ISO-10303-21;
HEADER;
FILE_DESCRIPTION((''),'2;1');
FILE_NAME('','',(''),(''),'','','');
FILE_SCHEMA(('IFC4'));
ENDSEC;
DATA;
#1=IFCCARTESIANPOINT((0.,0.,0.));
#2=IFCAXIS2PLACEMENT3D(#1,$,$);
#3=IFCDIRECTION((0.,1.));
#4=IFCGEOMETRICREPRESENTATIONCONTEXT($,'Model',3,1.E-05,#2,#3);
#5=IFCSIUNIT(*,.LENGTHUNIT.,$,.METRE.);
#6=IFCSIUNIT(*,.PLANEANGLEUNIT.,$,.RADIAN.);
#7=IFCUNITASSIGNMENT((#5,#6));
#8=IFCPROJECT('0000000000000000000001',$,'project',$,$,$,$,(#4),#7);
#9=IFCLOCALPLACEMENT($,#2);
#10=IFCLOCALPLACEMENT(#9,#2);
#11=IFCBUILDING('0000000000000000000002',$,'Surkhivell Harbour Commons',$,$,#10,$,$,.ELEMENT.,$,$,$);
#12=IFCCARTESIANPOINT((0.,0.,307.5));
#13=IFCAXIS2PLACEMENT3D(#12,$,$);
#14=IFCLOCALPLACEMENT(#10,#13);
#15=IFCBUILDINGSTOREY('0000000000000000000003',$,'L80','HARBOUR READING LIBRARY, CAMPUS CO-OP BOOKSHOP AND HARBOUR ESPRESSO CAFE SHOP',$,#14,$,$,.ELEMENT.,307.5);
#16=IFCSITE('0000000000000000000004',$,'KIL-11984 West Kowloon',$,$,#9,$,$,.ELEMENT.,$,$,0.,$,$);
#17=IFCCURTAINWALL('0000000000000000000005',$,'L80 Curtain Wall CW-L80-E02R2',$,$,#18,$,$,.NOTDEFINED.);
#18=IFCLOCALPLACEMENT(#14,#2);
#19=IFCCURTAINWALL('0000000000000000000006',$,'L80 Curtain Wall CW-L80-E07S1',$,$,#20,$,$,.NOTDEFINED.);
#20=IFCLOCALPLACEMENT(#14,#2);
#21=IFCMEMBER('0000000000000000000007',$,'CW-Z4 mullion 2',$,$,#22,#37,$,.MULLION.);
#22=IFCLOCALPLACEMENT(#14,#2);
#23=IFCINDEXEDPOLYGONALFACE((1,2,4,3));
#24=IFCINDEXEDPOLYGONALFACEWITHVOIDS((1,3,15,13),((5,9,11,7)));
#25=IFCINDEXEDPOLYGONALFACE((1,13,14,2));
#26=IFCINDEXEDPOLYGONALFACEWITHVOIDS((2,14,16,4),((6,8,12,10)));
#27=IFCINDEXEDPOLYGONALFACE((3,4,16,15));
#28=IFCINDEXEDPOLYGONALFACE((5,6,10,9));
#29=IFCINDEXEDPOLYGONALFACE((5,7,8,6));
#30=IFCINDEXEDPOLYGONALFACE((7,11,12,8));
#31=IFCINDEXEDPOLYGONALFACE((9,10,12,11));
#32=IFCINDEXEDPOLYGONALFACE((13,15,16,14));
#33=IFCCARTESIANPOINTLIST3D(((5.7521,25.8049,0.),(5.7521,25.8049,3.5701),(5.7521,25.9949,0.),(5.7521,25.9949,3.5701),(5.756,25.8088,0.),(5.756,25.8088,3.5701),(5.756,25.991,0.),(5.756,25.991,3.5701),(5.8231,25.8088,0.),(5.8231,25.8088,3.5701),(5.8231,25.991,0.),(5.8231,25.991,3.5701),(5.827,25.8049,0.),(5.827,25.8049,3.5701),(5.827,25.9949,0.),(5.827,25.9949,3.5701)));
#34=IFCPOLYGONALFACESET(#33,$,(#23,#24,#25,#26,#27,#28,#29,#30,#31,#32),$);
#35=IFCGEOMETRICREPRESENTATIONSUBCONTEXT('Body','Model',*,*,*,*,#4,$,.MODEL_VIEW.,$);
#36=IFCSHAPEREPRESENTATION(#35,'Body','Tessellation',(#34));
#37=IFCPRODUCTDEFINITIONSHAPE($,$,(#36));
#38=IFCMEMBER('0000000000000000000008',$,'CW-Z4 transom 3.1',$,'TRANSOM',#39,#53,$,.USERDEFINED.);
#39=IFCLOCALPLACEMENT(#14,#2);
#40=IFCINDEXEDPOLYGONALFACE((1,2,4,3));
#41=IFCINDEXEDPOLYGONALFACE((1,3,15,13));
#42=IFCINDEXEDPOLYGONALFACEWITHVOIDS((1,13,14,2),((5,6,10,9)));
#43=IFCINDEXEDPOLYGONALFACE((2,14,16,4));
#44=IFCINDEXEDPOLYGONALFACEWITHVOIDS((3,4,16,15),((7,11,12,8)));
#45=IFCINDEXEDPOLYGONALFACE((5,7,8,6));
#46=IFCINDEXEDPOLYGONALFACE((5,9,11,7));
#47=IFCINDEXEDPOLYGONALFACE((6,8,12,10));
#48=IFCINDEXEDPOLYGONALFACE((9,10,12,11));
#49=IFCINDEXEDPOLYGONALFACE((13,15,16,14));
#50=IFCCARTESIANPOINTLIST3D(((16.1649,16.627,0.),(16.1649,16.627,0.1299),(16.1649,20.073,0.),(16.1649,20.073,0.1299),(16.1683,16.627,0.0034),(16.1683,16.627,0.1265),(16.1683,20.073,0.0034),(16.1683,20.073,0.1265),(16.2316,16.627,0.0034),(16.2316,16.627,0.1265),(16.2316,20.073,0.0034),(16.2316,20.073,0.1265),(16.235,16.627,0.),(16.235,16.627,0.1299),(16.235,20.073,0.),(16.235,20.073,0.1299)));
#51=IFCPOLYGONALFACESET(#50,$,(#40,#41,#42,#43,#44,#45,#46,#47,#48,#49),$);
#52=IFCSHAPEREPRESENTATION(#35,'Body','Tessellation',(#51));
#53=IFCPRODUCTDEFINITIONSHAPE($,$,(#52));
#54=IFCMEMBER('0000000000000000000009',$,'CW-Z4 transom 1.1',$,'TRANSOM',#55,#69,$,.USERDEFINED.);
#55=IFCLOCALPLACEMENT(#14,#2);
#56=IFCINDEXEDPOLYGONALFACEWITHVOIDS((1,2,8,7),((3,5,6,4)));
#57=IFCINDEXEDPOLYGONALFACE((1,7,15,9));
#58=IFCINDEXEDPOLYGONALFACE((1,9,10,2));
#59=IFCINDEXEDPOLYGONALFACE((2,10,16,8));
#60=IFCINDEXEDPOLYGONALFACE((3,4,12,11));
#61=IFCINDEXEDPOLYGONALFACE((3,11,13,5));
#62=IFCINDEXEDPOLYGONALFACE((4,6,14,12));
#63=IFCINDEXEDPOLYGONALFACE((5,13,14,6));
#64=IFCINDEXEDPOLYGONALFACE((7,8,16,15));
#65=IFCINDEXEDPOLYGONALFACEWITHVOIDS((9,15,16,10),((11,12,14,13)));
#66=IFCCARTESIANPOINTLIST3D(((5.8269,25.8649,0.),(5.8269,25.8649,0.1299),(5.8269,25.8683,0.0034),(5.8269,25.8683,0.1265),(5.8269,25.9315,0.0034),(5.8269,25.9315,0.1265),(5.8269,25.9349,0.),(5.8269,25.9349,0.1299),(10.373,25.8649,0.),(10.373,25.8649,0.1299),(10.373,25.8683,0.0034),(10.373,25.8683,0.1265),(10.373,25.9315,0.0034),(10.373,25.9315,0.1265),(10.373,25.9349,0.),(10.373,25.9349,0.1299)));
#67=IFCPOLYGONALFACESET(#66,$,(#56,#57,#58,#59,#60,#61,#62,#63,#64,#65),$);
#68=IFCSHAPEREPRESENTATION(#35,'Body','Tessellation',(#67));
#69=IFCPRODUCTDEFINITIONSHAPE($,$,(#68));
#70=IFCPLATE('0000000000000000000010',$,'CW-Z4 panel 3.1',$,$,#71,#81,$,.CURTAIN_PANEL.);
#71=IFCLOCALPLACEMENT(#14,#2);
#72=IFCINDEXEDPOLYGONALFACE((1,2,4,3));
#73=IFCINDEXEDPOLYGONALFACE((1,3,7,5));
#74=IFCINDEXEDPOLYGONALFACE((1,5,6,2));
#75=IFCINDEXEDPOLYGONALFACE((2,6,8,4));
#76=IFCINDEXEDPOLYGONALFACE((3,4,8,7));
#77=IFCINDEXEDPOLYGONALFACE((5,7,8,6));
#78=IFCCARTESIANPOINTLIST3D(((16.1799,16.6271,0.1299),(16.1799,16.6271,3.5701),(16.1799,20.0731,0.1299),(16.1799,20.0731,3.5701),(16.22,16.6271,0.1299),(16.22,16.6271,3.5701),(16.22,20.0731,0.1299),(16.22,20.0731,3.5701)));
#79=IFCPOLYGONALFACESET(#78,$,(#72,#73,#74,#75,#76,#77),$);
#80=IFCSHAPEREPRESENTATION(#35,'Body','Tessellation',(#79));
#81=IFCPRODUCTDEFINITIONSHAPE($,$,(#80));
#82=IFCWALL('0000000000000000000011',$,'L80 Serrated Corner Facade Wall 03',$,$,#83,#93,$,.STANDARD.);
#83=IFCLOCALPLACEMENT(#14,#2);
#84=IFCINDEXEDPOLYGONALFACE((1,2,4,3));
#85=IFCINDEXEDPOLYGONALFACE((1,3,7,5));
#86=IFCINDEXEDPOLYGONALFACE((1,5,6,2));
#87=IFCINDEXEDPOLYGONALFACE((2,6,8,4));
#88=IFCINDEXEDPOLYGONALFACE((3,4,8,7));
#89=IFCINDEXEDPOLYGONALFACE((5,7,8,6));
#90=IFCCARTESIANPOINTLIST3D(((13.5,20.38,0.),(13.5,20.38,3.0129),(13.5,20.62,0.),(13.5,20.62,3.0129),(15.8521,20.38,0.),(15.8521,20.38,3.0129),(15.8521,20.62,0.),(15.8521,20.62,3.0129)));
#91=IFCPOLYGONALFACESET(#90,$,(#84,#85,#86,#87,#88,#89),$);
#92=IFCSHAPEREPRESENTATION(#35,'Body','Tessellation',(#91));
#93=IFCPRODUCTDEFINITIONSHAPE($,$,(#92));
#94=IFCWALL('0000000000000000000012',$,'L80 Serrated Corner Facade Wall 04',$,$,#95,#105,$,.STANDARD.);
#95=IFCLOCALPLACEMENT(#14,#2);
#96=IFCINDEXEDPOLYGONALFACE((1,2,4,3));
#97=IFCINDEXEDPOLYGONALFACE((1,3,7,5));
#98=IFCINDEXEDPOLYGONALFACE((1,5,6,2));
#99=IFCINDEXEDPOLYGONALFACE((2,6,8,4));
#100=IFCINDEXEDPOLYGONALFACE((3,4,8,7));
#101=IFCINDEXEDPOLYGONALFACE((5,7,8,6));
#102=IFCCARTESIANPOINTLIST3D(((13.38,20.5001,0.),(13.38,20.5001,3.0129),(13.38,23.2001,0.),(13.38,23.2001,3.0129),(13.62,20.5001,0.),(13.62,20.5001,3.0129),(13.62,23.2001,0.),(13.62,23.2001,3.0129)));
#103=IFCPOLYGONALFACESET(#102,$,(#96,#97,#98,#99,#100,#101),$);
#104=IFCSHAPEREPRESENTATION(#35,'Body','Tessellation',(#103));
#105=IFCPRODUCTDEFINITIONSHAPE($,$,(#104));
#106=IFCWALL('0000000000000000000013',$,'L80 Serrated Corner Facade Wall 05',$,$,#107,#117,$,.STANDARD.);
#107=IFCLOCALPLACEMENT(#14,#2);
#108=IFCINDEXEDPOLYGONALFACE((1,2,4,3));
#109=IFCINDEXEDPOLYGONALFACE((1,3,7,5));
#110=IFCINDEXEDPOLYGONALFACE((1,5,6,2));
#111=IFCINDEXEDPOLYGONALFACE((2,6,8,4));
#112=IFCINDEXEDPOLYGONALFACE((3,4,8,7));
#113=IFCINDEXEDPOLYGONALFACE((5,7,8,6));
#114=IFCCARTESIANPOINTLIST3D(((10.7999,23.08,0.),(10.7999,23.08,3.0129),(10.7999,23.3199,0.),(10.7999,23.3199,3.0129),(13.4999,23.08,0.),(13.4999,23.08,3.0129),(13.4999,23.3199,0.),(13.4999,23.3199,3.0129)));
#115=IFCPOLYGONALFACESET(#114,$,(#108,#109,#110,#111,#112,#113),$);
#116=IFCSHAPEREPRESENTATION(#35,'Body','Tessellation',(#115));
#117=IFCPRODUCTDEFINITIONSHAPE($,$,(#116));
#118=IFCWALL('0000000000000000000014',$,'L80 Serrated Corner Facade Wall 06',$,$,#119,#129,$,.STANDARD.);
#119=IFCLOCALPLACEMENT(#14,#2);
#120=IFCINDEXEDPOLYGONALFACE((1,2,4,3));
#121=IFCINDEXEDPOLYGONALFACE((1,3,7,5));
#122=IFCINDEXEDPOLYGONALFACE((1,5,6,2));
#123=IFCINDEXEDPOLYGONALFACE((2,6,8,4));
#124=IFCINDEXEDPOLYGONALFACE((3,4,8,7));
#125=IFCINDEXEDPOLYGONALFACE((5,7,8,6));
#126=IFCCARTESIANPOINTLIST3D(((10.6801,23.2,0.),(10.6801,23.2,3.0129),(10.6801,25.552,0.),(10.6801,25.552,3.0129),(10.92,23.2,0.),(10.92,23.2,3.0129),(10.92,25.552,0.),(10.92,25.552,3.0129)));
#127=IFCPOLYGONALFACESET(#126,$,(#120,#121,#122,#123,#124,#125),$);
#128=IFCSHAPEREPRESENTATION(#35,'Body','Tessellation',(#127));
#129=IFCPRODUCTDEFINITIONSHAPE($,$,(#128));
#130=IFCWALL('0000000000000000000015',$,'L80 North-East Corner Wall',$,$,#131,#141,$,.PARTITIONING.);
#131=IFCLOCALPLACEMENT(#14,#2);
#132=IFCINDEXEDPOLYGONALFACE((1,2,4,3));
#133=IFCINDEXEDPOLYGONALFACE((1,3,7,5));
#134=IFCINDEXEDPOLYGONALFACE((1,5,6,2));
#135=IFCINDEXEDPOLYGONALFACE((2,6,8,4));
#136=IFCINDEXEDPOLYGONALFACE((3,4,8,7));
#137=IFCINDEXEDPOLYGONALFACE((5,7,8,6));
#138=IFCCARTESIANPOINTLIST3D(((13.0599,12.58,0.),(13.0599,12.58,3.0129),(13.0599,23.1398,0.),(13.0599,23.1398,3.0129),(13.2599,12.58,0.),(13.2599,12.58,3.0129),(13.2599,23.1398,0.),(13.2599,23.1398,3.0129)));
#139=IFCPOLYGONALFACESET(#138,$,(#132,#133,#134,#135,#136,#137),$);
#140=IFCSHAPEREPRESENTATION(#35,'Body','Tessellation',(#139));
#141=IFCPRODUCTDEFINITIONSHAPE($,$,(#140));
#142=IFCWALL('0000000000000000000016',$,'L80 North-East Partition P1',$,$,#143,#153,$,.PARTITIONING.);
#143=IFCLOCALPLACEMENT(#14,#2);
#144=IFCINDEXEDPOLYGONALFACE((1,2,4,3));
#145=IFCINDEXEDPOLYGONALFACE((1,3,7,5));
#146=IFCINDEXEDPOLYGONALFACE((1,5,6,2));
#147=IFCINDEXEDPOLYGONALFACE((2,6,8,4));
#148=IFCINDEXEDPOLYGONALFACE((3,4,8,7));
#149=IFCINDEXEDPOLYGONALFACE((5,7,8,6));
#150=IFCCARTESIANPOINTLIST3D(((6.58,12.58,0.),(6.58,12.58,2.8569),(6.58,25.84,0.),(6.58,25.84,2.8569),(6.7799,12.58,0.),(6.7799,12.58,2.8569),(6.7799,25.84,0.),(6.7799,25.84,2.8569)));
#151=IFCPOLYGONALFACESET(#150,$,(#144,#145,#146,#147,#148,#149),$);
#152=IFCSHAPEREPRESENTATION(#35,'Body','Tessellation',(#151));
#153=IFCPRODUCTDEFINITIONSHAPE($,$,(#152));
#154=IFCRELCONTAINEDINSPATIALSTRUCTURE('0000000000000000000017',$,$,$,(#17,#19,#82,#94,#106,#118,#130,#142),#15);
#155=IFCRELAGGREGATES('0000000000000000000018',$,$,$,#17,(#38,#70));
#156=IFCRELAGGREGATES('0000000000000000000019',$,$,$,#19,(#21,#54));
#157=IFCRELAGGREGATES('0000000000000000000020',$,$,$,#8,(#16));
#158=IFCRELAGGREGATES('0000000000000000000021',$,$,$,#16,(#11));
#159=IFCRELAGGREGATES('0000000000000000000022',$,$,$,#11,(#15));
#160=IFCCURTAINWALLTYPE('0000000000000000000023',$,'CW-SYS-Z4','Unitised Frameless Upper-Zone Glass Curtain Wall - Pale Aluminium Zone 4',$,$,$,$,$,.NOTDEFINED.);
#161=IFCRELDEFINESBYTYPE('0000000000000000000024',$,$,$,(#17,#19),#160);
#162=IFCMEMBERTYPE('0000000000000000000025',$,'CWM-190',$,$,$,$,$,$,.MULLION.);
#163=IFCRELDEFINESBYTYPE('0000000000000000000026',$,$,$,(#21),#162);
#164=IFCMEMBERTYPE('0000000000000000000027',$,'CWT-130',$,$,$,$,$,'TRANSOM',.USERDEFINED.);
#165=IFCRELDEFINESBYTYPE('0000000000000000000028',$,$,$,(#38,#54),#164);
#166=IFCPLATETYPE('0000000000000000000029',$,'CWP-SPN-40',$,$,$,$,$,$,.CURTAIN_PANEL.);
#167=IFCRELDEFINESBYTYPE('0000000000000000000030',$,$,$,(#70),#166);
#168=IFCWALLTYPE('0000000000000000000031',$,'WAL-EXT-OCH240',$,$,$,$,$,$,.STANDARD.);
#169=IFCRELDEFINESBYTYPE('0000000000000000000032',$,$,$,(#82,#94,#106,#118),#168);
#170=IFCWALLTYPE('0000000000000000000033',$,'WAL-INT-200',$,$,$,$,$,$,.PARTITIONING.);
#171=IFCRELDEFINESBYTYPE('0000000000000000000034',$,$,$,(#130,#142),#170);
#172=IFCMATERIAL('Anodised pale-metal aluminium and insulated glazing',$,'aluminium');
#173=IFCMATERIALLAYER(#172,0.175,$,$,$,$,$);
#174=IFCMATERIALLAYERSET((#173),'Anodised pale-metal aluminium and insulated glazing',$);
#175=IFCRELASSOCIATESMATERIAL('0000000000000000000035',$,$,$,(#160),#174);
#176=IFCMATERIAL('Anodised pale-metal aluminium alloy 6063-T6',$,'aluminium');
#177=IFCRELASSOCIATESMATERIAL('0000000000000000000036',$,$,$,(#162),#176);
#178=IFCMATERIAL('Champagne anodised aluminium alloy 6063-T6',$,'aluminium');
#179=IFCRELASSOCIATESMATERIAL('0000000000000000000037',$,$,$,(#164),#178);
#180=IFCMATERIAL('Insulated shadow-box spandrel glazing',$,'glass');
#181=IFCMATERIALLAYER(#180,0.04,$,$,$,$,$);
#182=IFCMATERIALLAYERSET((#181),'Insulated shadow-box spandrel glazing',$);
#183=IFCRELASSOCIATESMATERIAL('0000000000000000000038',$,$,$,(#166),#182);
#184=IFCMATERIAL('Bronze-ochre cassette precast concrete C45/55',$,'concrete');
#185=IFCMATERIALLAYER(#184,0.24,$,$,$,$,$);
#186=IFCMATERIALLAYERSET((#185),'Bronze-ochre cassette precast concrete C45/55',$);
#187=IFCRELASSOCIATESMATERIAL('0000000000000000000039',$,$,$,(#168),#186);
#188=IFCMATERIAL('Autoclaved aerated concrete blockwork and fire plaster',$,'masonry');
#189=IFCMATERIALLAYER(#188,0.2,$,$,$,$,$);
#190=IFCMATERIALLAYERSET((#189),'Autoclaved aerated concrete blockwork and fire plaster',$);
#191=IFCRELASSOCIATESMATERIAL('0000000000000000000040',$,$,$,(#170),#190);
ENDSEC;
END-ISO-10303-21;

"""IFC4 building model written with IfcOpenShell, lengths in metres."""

from ifc_helpers import new_model, si_unit, direction, frame, frame_2d, origin, origin_2d, place, context, subcontext, project, spatial, rectangle, hollow_rectangle, extrude, material, layer, layer_set, material_profile, profile_set, type_object, element, aggregate, save


model = new_model("IFC4")

# Units and contexts
model_context = context("Model", 3, precision=1e-05, world=origin(), true_north=direction((0.0, 1.0)))
body_context = subcontext(model_context, "Body", "Model", "MODEL_VIEW")
ifc_project = project(units=[si_unit("LENGTHUNIT", "METRE"), si_unit("PLANEANGLEUNIT", "RADIAN")], contexts=[model_context])

# Site, building, storey
site_placement = place(None, origin())
site = spatial("IfcSite", under=ifc_project, at=site_placement, Name="KIL-11984 West Kowloon", CompositionType="ELEMENT", RefElevation=0.0)
building_placement = place(site_placement, origin())
building = spatial("IfcBuilding", under=site, at=building_placement, Name="Surkhivell Harbour Commons", CompositionType="ELEMENT")
storey_placement = place(building_placement, frame((0.0, 0.0, 307.5)))
storey = spatial("IfcBuildingStorey", under=building, at=storey_placement, Name="L80", Description="HARBOUR READING LIBRARY, CAMPUS CO-OP BOOKSHOP AND HARBOUR ESPRESSO CAFE SHOP", CompositionType="ELEMENT", Elevation=307.5)

# Curtain walls, member
ifc_material_1 = material(Name="Anodised pale-metal aluminium and insulated glazing", Category="aluminium")
ifc_layer_1 = layer(ifc_material_1, 0.175)
ifc_layer_set_1 = layer_set([ifc_layer_1], Name="Anodised pale-metal aluminium and insulated glazing")
curtain_wall_type = type_object("IfcCurtainWallType", Name="CW-SYS-Z4", Description="Unitised Frameless Upper-Zone Glass Curtain Wall - Pale Aluminium Zone 4", PredefinedType="NOTDEFINED", material=ifc_layer_set_1)
curtain_wall_1_placement = place(storey_placement, origin())
curtain_wall_1 = element("IfcCurtainWall", 1, at=curtain_wall_1_placement, inside=storey, type_object=curtain_wall_type, Name="L80 Curtain Wall CW-L80-E02R2", PredefinedType="NOTDEFINED")
ifc_material_2 = material(Name="Anodised pale-metal aluminium alloy 6063-T6", Category="aluminium")
ifc_material_profile_1 = material_profile(ifc_material_2, hollow_rectangle(XDim=0.075, YDim=0.1899, WallThickness=0.0039, at=origin_2d()), Name="ALU-MULL-75x190")
ifc_profile_set_1 = profile_set([ifc_material_profile_1], Name="Anodised pale-metal aluminium alloy 6063-T6")
member_type_1 = type_object("IfcMemberType", Name="CWM-190", PredefinedType="MULLION", material=ifc_profile_set_1)
curtain_wall_2_placement = place(storey_placement, origin())
curtain_wall_2 = element("IfcCurtainWall", 2, at=curtain_wall_2_placement, inside=storey, type_object=curtain_wall_type, Name="L80 Curtain Wall CW-L80-E07S1", PredefinedType="NOTDEFINED")
member_1_placement = place(storey_placement, frame((5.7896, 25.8999, 0.0), z_axis=(0.0, 0.0, 1.0), x_axis=(-1.0, 0.0, 0.0)))
member_1 = element("IfcMember", 3, at=member_1_placement, type_object=member_type_1, Name="CW-Z4 mullion 2", PredefinedType="MULLION", context=body_context, shape_type="SweptSolid", body=[
    extrude(hollow_rectangle(XDim=0.075, YDim=0.1899, WallThickness=0.0039, at=origin_2d()), origin(), (0.0, 0.0, 1.0), 3.5701),
])

# Members
ifc_material_3 = material(Name="Champagne anodised aluminium alloy 6063-T6", Category="aluminium")
ifc_material_profile_2 = material_profile(ifc_material_3, hollow_rectangle(XDim=0.0701, YDim=0.1299, WallThickness=0.0034, at=origin_2d()), Name="ALU-TRAN-70x130")
ifc_profile_set_2 = profile_set([ifc_material_profile_2], Name="Champagne anodised aluminium alloy 6063-T6")
member_type_2 = type_object("IfcMemberType", Name="CWT-130", ElementType="TRANSOM", PredefinedType="USERDEFINED", material=ifc_profile_set_2)
member_2_placement = place(storey_placement, frame((16.2, 16.627, 0.0649), z_axis=(0.0, 1.0, 0.0), x_axis=(-1.0, 0.0, 0.0)))
member_2 = element("IfcMember", 4, at=member_2_placement, type_object=member_type_2, Name="CW-Z4 transom 3.1", ObjectType="TRANSOM", PredefinedType="USERDEFINED", context=body_context, shape_type="SweptSolid", body=[
    extrude(hollow_rectangle(XDim=0.0701, YDim=0.1299, WallThickness=0.0034, at=origin_2d()), origin(), (0.0, 0.0, 1.0), 3.446),
])
member_3_placement = place(storey_placement, frame((10.373, 25.8999, 0.0649), z_axis=(-1.0, 0.0, 0.0), x_axis=(0.0, -1.0, 0.0)))
member_3 = element("IfcMember", 5, at=member_3_placement, type_object=member_type_2, Name="CW-Z4 transom 1.1", ObjectType="TRANSOM", PredefinedType="USERDEFINED", context=body_context, shape_type="SweptSolid", body=[
    extrude(hollow_rectangle(XDim=0.0701, YDim=0.1299, WallThickness=0.0034, at=origin_2d()), origin(), (0.0, 0.0, 1.0), 4.5461),
])

# Plate
ifc_material_4 = material(Name="Insulated shadow-box spandrel glazing", Category="glass")
ifc_layer_2 = layer(ifc_material_4, 0.04)
ifc_layer_set_2 = layer_set([ifc_layer_2], Name="Insulated shadow-box spandrel glazing")
plate_type = type_object("IfcPlateType", Name="CWP-SPN-40", PredefinedType="CURTAIN_PANEL", material=ifc_layer_set_2)
plate_1_placement = place(storey_placement, frame((16.2, 16.627, 0.1299), z_axis=(0.0, 0.0, 1.0), x_axis=(0.0, 1.0, 0.0)))
plate_1 = element("IfcPlate", 6, at=plate_1_placement, type_object=plate_type, Name="CW-Z4 panel 3.1", PredefinedType="CURTAIN_PANEL", context=body_context, shape_type="SweptSolid", body=[
    extrude(rectangle(XDim=3.446, YDim=0.04, at=frame_2d((1.7231, 0.0))), origin(), (0.0, 0.0, 1.0), 3.4402),
])
aggregate(curtain_wall_1, [member_2, plate_1])
aggregate(curtain_wall_2, [member_1, member_3])

# Walls
ifc_material_5 = material(Name="Bronze-ochre cassette precast concrete C45/55", Category="concrete")
ifc_layer_3 = layer(ifc_material_5, 0.24)
ifc_layer_set_3 = layer_set([ifc_layer_3], Name="Bronze-ochre cassette precast concrete C45/55")
wall_type_1 = type_object("IfcWallType", Name="WAL-EXT-OCH240", PredefinedType="STANDARD", material=ifc_layer_set_3)
wall_1_placement = place(storey_placement, frame((15.8521, 20.5, 0.0), z_axis=(0.0, 0.0, 1.0), x_axis=(-1.0, 0.0, 0.0)))
element("IfcWall", 7, at=wall_1_placement, inside=storey, type_object=wall_type_1, Name="L80 Serrated Corner Facade Wall 03", PredefinedType="STANDARD", context=body_context, shape_type="SweptSolid", body=[
    extrude(rectangle(XDim=2.3521, YDim=0.24, at=frame_2d((1.176, 0.0))), origin(), (0.0, 0.0, 1.0), 3.0129),
])
for number, where, z_axis, x_axis, name in (
    (8, (13.5, 20.5, 0.0), (0.0, 0.0, 1.0), (0.0, 1.0, 0.0), "L80 Serrated Corner Facade Wall 04"),
    (9, (13.5, 23.2, 0.0), (0.0, 0.0, 1.0), (-1.0, 0.0, 0.0), "L80 Serrated Corner Facade Wall 05"),
):
    element("IfcWall", number, at=place(storey_placement, frame(where, z_axis=z_axis, x_axis=x_axis)), inside=storey, type_object=wall_type_1, Name=name, PredefinedType="STANDARD", context=body_context, shape_type="SweptSolid", body=[
        extrude(rectangle(XDim=2.7, YDim=0.24, at=frame_2d((1.3501, 0.0))), origin(), (0.0, 0.0, 1.0), 3.0129),
    ])
wall_2_placement = place(storey_placement, frame((10.8, 23.2, 0.0), z_axis=(0.0, 0.0, 1.0), x_axis=(0.0, 1.0, 0.0)))
element("IfcWall", 10, at=wall_2_placement, inside=storey, type_object=wall_type_1, Name="L80 Serrated Corner Facade Wall 06", PredefinedType="STANDARD", context=body_context, shape_type="SweptSolid", body=[
    extrude(rectangle(XDim=2.3521, YDim=0.24, at=frame_2d((1.176, 0.0))), origin(), (0.0, 0.0, 1.0), 3.0129),
])
ifc_material_6 = material(Name="Autoclaved aerated concrete blockwork and fire plaster", Category="masonry")
ifc_layer_4 = layer(ifc_material_6, 0.2)
ifc_layer_set_4 = layer_set([ifc_layer_4], Name="Autoclaved aerated concrete blockwork and fire plaster")
wall_type_2 = type_object("IfcWallType", Name="WAL-INT-200", PredefinedType="PARTITIONING", material=ifc_layer_set_4)
wall_3_placement = place(storey_placement, frame((13.1599, 12.5801, 0.0), z_axis=(0.0, 0.0, 1.0), x_axis=(0.0, 1.0, 0.0)))
element("IfcWall", 11, at=wall_3_placement, inside=storey, type_object=wall_type_2, Name="L80 North-East Corner Wall", PredefinedType="PARTITIONING", context=body_context, shape_type="SweptSolid", body=[
    extrude(rectangle(XDim=10.5598, YDim=0.2, at=frame_2d((5.2798, 0.0))), origin(), (0.0, 0.0, 1.0), 3.0129),
])
wall_4_placement = place(storey_placement, frame((6.6799, 12.5801, 0.0), z_axis=(0.0, 0.0, 1.0), x_axis=(0.0, 1.0, 0.0)))
element("IfcWall", 12, at=wall_4_placement, inside=storey, type_object=wall_type_2, Name="L80 North-East Partition P1", PredefinedType="PARTITIONING", context=body_context, shape_type="SweptSolid", body=[
    extrude(rectangle(XDim=13.26, YDim=0.2, at=frame_2d((6.6299, 0.0))), origin(), (0.0, 0.0, 1.0), 2.8569),
])

save(model, "model.ifc")
